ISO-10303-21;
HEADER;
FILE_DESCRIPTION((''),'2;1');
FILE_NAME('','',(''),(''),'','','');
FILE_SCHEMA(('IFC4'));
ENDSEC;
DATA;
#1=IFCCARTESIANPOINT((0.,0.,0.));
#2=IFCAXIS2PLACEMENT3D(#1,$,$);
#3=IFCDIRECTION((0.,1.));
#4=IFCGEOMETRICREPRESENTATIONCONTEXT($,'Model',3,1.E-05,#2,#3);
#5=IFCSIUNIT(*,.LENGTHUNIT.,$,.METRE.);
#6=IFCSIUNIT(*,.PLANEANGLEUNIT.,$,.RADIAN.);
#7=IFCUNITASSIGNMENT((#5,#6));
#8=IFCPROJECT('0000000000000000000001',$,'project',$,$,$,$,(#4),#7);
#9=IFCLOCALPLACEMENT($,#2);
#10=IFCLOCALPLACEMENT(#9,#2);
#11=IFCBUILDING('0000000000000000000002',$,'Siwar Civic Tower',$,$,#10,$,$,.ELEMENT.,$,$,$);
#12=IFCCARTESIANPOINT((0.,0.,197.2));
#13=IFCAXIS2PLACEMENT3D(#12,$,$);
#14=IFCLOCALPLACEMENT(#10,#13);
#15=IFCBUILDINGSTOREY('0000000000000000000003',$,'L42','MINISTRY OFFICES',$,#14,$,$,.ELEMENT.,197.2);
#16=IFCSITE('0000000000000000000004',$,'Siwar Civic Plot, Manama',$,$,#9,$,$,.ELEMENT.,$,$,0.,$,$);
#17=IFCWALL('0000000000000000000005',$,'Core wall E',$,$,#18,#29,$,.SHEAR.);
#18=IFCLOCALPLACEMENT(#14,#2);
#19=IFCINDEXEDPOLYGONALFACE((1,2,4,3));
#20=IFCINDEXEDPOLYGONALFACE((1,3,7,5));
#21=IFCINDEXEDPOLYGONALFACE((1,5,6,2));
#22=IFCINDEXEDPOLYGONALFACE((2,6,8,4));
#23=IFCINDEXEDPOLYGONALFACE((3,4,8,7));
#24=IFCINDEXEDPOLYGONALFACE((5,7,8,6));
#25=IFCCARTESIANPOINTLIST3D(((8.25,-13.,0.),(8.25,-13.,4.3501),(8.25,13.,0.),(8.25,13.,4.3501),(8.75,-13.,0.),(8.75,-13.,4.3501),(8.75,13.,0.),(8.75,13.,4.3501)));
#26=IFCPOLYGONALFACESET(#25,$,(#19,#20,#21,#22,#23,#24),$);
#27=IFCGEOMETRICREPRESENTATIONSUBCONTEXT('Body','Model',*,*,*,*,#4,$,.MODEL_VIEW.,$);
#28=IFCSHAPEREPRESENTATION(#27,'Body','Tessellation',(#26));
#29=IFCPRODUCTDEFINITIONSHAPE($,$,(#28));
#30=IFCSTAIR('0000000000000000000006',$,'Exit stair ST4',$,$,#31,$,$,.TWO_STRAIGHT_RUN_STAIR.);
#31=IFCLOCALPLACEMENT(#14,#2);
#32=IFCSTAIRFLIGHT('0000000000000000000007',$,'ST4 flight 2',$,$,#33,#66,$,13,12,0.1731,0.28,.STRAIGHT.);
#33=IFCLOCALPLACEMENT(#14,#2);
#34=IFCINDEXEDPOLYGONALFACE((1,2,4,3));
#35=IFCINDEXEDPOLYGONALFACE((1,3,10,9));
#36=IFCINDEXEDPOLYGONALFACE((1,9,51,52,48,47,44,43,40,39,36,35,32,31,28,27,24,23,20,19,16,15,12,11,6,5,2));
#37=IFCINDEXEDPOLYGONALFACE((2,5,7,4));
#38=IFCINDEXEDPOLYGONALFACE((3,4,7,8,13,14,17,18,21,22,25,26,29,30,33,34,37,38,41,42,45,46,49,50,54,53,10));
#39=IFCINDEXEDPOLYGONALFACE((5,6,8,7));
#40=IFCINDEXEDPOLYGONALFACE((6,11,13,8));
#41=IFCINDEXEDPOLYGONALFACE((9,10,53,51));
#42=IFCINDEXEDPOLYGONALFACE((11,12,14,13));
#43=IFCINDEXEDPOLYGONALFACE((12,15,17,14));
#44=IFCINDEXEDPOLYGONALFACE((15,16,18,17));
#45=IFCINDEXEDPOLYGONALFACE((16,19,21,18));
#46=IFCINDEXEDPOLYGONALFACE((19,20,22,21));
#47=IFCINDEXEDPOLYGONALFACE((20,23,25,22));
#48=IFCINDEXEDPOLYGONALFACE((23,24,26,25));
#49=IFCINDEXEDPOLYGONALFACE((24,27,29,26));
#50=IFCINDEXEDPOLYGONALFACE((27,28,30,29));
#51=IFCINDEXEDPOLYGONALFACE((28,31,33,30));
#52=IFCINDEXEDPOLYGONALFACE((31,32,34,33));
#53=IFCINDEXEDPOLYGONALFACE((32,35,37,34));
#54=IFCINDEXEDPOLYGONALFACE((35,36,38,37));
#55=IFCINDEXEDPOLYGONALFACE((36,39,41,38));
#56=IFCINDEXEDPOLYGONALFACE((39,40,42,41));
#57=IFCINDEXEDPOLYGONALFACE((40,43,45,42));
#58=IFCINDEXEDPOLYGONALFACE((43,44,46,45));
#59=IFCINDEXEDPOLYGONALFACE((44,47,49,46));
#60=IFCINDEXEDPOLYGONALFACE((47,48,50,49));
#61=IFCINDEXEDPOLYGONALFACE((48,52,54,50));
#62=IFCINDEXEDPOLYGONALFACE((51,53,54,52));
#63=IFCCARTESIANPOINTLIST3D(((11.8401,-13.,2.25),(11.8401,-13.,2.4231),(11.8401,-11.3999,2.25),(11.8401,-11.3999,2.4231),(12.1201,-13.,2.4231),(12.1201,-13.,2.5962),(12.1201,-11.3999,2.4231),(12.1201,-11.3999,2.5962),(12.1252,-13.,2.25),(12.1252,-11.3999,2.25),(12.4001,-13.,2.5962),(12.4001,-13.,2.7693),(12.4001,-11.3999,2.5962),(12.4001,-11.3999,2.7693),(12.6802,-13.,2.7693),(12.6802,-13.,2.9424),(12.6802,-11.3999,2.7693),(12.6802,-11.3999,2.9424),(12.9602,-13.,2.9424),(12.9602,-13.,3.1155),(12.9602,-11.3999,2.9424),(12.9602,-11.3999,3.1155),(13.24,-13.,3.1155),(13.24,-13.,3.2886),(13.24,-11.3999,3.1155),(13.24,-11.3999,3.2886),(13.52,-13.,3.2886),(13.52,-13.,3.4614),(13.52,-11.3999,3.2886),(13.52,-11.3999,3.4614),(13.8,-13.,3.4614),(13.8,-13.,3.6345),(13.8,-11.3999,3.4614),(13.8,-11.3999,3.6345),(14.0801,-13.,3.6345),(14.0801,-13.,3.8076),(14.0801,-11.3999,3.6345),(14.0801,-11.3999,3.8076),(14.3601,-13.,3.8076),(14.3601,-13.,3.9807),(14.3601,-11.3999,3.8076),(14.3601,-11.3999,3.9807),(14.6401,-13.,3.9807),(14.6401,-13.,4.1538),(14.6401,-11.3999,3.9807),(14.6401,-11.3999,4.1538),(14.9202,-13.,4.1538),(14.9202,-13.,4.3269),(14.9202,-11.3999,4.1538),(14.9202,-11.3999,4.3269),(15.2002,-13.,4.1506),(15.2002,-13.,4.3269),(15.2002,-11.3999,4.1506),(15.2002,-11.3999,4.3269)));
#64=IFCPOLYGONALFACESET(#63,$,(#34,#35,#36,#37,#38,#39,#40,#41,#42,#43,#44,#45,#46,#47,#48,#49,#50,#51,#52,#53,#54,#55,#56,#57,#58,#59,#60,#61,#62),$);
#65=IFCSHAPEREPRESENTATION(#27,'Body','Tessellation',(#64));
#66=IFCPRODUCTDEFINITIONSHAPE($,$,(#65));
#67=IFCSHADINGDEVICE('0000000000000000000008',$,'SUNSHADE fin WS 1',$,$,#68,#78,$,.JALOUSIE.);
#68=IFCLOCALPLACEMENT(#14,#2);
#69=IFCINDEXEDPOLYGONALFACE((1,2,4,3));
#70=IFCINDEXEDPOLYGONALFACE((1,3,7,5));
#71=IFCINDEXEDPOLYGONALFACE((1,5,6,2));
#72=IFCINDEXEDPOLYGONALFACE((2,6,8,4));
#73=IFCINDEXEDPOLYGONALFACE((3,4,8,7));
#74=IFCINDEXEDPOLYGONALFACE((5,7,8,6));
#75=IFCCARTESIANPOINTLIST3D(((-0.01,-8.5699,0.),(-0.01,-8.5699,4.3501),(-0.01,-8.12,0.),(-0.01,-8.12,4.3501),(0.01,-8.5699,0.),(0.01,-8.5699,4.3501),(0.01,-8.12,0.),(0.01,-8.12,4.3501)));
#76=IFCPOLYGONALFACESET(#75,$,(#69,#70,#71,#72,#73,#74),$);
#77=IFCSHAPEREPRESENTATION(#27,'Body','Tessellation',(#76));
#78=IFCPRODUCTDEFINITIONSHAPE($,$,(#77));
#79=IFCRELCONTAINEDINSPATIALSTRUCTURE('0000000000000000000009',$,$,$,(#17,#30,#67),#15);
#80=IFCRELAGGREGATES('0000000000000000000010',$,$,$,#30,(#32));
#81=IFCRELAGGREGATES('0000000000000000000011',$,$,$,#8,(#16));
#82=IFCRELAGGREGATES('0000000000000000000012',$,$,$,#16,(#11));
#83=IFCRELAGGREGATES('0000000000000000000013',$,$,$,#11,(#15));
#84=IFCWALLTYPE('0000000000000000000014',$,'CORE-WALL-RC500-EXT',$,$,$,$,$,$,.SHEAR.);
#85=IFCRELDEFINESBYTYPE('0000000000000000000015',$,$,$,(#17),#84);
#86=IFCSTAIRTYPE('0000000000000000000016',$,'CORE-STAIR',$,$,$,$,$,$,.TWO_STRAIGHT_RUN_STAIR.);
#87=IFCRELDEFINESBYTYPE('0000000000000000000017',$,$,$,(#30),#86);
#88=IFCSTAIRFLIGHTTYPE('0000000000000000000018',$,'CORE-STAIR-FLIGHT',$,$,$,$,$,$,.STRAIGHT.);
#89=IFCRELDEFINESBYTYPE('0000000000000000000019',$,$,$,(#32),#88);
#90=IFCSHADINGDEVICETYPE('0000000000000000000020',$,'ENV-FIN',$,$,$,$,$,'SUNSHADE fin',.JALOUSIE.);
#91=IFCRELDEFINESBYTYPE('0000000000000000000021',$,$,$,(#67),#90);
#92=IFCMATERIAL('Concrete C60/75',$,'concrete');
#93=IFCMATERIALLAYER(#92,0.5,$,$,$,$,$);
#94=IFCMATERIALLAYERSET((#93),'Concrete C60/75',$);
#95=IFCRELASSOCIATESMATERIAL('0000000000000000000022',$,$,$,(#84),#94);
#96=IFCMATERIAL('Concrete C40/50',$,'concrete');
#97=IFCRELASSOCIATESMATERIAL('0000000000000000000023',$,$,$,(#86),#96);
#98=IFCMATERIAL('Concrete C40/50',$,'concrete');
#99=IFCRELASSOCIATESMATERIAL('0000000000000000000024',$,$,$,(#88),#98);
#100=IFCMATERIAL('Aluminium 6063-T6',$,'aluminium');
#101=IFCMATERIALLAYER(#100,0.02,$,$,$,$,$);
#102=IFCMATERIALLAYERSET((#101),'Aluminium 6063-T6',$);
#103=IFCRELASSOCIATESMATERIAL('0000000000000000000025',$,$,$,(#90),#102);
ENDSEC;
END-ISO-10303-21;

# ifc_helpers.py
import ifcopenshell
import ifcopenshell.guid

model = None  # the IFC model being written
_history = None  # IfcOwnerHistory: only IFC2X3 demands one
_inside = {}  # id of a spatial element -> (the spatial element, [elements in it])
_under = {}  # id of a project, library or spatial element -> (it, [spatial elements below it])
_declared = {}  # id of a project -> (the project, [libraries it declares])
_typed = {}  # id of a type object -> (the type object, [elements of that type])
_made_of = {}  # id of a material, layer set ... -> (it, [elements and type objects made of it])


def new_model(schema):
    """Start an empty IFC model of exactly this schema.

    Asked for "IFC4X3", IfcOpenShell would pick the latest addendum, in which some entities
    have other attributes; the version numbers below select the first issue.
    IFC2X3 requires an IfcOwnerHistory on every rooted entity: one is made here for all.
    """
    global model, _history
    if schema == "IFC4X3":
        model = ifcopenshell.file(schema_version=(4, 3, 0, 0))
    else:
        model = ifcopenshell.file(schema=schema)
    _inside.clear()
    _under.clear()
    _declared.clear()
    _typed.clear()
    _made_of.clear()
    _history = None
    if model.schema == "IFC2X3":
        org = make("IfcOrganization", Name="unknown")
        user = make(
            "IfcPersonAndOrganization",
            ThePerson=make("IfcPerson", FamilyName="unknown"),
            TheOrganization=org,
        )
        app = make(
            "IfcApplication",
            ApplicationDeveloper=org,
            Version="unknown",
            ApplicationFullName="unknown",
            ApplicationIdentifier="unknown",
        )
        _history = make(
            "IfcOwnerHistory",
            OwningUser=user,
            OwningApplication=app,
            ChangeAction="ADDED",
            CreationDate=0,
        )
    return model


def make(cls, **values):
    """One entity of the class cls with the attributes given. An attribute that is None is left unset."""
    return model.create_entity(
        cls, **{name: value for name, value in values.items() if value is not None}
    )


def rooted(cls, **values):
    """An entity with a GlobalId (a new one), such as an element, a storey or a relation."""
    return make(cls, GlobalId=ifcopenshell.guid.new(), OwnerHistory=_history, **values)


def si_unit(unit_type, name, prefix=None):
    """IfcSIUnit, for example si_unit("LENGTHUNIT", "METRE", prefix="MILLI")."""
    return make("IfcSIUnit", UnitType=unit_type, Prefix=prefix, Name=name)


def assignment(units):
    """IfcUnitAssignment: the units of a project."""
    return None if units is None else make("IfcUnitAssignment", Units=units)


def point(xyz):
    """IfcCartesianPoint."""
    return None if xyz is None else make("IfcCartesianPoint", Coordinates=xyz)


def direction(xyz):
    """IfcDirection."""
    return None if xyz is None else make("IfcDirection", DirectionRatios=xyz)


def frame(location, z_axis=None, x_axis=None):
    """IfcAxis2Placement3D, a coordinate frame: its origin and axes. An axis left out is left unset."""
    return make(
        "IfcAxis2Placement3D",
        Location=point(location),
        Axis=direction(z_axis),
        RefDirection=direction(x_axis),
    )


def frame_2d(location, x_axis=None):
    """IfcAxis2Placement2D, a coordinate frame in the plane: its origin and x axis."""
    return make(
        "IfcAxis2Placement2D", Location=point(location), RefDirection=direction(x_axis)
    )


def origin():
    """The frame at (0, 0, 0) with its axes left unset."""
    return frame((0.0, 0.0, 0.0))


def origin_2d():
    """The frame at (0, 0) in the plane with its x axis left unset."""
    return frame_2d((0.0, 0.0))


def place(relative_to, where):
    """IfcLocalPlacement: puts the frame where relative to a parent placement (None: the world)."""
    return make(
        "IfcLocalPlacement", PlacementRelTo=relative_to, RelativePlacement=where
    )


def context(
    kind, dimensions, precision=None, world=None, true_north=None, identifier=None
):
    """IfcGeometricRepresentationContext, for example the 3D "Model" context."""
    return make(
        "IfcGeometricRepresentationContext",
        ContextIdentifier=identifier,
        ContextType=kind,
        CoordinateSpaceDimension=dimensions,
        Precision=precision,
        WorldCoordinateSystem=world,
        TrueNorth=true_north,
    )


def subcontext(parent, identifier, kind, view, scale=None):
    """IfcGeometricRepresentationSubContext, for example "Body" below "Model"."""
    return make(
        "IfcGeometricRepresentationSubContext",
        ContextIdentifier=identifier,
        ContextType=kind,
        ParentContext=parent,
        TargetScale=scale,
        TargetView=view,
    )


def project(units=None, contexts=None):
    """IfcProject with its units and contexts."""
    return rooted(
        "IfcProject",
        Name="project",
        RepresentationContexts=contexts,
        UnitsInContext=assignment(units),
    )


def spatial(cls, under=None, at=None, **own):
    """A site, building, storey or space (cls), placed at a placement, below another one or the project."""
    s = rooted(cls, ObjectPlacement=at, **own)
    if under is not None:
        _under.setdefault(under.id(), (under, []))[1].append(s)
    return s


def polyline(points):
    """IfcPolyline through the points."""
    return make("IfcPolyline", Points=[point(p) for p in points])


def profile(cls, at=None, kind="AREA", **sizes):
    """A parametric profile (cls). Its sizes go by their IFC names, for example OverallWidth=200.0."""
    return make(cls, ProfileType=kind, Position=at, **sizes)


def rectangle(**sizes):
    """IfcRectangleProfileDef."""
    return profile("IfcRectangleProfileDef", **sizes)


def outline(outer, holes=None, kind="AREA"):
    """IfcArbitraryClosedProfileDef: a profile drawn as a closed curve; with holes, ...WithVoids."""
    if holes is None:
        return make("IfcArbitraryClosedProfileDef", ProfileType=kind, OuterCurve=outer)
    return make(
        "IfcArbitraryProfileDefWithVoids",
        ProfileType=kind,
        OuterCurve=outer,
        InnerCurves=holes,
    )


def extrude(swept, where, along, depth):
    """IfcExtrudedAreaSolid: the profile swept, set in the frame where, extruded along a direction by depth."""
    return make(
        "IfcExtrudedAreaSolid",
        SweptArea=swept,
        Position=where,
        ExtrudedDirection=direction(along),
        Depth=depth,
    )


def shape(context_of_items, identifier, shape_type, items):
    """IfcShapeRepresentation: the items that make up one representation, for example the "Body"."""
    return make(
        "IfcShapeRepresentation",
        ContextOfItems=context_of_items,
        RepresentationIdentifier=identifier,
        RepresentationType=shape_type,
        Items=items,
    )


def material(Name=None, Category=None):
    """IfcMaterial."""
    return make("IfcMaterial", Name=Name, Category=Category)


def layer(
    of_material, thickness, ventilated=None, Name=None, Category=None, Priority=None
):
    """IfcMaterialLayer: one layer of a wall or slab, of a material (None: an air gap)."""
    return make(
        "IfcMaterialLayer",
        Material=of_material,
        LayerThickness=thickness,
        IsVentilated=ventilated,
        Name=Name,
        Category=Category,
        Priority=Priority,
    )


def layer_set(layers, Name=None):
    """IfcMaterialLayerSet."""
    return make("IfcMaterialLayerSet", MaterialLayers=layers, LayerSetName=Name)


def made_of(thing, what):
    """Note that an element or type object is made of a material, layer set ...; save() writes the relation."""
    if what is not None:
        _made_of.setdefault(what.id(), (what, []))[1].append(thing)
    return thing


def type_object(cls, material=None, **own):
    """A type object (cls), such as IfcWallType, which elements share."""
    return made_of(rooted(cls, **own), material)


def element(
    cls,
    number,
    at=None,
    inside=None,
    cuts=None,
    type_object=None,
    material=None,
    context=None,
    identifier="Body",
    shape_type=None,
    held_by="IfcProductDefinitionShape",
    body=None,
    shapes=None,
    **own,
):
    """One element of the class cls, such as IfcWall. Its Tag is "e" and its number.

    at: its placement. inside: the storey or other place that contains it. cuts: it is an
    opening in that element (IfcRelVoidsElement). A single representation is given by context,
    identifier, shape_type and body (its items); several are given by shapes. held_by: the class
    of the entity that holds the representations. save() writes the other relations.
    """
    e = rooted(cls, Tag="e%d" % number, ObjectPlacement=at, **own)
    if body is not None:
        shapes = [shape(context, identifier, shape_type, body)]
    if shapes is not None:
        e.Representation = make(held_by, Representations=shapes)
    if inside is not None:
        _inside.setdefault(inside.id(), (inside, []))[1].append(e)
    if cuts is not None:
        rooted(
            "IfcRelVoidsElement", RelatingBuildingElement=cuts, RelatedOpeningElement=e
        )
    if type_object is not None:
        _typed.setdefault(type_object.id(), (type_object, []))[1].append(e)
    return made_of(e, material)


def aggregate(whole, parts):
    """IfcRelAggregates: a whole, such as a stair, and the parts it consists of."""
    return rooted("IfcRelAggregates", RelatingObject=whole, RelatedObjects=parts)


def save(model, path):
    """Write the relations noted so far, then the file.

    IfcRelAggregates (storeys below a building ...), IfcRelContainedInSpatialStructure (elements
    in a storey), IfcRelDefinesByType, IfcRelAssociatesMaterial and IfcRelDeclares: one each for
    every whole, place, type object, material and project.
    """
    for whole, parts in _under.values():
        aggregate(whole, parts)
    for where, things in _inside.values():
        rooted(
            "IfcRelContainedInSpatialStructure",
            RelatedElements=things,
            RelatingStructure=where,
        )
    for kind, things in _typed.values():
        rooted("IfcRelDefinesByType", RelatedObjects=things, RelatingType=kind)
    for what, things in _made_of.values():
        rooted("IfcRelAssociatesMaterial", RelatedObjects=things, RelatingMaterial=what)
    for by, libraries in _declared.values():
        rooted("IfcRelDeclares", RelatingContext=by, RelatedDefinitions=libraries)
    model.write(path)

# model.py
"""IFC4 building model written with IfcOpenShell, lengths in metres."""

from ifc_helpers import new_model, si_unit, direction, frame, frame_2d, origin, origin_2d, place, context, subcontext, project, spatial, polyline, rectangle, outline, extrude, material, layer, layer_set, type_object, element, aggregate, save


model = new_model("IFC4")

# Units and contexts
model_context = context("Model", 3, precision=1e-05, world=origin(), true_north=direction((0.0, 1.0)))
body_context = subcontext(model_context, "Body", "Model", "MODEL_VIEW")
ifc_project = project(units=[si_unit("LENGTHUNIT", "METRE"), si_unit("PLANEANGLEUNIT", "RADIAN")], contexts=[model_context])

# Site, building, storey
site_placement = place(None, origin())
site = spatial("IfcSite", under=ifc_project, at=site_placement, Name="Siwar Civic Plot, Manama", CompositionType="ELEMENT", RefElevation=0.0)
building_placement = place(site_placement, origin())
building = spatial("IfcBuilding", under=site, at=building_placement, Name="Siwar Civic Tower", CompositionType="ELEMENT")
storey_placement = place(building_placement, frame((0.0, 0.0, 197.2)))
storey = spatial("IfcBuildingStorey", under=building, at=storey_placement, Name="L42", Description="MINISTRY OFFICES", CompositionType="ELEMENT", Elevation=197.2)

# Wall
ifc_material_1 = material(Name="Concrete C60/75", Category="concrete")
ifc_layer_1 = layer(ifc_material_1, 0.5)
ifc_layer_set_1 = layer_set([ifc_layer_1], Name="Concrete C60/75")
wall_type_1 = type_object("IfcWallType", Name="CORE-WALL-RC500-EXT", PredefinedType="SHEAR", material=ifc_layer_set_1)
wall_1_placement = place(storey_placement, frame((8.5, -13.0, 0.0), z_axis=(0.0, 0.0, 1.0), x_axis=(0.0, 1.0, 0.0)))
element("IfcWall", 1, at=wall_1_placement, inside=storey, type_object=wall_type_1, Name="Core wall E", PredefinedType="SHEAR", context=body_context, shape_type="SweptSolid", body=[
    extrude(rectangle(XDim=26.0, YDim=0.5, at=frame_2d((13.0, 0.0))), origin(), (0.0, 0.0, 1.0), 4.3501),
])

# Stair, stair flight
ifc_material_2 = material(Name="Concrete C40/50", Category="concrete")
stair_type = type_object("IfcStairType", Name="CORE-STAIR", PredefinedType="TWO_STRAIGHT_RUN_STAIR", material=ifc_material_2)
stair_placement = place(storey_placement, origin())
stair = element("IfcStair", 2, at=stair_placement, inside=storey, type_object=stair_type, Name="Exit stair ST4", PredefinedType="TWO_STRAIGHT_RUN_STAIR")
ifc_material_3 = material(Name="Concrete C40/50", Category="concrete")
stair_flight_type = type_object("IfcStairFlightType", Name="CORE-STAIR-FLIGHT", PredefinedType="STRAIGHT", material=ifc_material_3)
stair_flight_placement = place(storey_placement, frame((11.8401, -12.2, 2.25), z_axis=(0.0, 0.0, 1.0), x_axis=(1.0, 0.0, 0.0)))
stair_flight = element("IfcStairFlight", 3, at=stair_flight_placement, type_object=stair_flight_type, Name="ST4 flight 2", NumberOfRisers=13, NumberOfTreads=12, PredefinedType="STRAIGHT", RiserHeight=0.1731, TreadLength=0.28, context=body_context, shape_type="SweptSolid", body=[
    extrude(outline(polyline([(0.0, 0.0), (0.0, 0.1731), (0.28, 0.1731), (0.28, 0.3462), (0.5601, 0.3462), (0.5601, 0.5193), (0.8401, 0.5193), (0.8401, 0.6924), (1.1201, 0.6924), (1.1201, 0.8655), (1.3999, 0.8655), (1.3999, 1.0386), (1.6799, 1.0386), (1.6799, 1.2114), (1.96, 1.2114), (1.96, 1.3845), (2.24, 1.3845), (2.24, 1.5576), (2.52, 1.5576), (2.52, 1.7307), (2.8, 1.7307), (2.8, 1.9038), (3.0801, 1.9038), (3.0801, 2.0769), (3.3601, 2.0769), (3.3601, 2.25), (3.3601, 1.9006), (0.2852, 0.0), (0.0, 0.0)])), frame((0.0, 0.8, 0.0), z_axis=(0.0, -1.0, 0.0), x_axis=(1.0, 0.0, 0.0)), (0.0, 0.0, 1.0), 1.6001),
])
aggregate(stair, [stair_flight])

# Shading device
ifc_material_4 = material(Name="Aluminium 6063-T6", Category="aluminium")
ifc_layer_2 = layer(ifc_material_4, 0.02)
ifc_layer_set_2 = layer_set([ifc_layer_2], Name="Aluminium 6063-T6")
shading_device_type = type_object("IfcShadingDeviceType", Name="ENV-FIN", ElementType="SUNSHADE fin", PredefinedType="JALOUSIE", material=ifc_layer_set_2)
shading_device_placement = place(storey_placement, frame((0.0, -8.345, 0.0), z_axis=(0.0, 0.0, 1.0), x_axis=(1.0, 0.0, 0.0)))
element("IfcShadingDevice", 4, at=shading_device_placement, inside=storey, type_object=shading_device_type, Name="SUNSHADE fin WS 1", PredefinedType="JALOUSIE", context=body_context, shape_type="SweptSolid", body=[
    extrude(rectangle(XDim=0.02, YDim=0.45, at=origin_2d()), origin(), (0.0, 0.0, 1.0), 4.3501),
])

save(model, "model.ifc")
